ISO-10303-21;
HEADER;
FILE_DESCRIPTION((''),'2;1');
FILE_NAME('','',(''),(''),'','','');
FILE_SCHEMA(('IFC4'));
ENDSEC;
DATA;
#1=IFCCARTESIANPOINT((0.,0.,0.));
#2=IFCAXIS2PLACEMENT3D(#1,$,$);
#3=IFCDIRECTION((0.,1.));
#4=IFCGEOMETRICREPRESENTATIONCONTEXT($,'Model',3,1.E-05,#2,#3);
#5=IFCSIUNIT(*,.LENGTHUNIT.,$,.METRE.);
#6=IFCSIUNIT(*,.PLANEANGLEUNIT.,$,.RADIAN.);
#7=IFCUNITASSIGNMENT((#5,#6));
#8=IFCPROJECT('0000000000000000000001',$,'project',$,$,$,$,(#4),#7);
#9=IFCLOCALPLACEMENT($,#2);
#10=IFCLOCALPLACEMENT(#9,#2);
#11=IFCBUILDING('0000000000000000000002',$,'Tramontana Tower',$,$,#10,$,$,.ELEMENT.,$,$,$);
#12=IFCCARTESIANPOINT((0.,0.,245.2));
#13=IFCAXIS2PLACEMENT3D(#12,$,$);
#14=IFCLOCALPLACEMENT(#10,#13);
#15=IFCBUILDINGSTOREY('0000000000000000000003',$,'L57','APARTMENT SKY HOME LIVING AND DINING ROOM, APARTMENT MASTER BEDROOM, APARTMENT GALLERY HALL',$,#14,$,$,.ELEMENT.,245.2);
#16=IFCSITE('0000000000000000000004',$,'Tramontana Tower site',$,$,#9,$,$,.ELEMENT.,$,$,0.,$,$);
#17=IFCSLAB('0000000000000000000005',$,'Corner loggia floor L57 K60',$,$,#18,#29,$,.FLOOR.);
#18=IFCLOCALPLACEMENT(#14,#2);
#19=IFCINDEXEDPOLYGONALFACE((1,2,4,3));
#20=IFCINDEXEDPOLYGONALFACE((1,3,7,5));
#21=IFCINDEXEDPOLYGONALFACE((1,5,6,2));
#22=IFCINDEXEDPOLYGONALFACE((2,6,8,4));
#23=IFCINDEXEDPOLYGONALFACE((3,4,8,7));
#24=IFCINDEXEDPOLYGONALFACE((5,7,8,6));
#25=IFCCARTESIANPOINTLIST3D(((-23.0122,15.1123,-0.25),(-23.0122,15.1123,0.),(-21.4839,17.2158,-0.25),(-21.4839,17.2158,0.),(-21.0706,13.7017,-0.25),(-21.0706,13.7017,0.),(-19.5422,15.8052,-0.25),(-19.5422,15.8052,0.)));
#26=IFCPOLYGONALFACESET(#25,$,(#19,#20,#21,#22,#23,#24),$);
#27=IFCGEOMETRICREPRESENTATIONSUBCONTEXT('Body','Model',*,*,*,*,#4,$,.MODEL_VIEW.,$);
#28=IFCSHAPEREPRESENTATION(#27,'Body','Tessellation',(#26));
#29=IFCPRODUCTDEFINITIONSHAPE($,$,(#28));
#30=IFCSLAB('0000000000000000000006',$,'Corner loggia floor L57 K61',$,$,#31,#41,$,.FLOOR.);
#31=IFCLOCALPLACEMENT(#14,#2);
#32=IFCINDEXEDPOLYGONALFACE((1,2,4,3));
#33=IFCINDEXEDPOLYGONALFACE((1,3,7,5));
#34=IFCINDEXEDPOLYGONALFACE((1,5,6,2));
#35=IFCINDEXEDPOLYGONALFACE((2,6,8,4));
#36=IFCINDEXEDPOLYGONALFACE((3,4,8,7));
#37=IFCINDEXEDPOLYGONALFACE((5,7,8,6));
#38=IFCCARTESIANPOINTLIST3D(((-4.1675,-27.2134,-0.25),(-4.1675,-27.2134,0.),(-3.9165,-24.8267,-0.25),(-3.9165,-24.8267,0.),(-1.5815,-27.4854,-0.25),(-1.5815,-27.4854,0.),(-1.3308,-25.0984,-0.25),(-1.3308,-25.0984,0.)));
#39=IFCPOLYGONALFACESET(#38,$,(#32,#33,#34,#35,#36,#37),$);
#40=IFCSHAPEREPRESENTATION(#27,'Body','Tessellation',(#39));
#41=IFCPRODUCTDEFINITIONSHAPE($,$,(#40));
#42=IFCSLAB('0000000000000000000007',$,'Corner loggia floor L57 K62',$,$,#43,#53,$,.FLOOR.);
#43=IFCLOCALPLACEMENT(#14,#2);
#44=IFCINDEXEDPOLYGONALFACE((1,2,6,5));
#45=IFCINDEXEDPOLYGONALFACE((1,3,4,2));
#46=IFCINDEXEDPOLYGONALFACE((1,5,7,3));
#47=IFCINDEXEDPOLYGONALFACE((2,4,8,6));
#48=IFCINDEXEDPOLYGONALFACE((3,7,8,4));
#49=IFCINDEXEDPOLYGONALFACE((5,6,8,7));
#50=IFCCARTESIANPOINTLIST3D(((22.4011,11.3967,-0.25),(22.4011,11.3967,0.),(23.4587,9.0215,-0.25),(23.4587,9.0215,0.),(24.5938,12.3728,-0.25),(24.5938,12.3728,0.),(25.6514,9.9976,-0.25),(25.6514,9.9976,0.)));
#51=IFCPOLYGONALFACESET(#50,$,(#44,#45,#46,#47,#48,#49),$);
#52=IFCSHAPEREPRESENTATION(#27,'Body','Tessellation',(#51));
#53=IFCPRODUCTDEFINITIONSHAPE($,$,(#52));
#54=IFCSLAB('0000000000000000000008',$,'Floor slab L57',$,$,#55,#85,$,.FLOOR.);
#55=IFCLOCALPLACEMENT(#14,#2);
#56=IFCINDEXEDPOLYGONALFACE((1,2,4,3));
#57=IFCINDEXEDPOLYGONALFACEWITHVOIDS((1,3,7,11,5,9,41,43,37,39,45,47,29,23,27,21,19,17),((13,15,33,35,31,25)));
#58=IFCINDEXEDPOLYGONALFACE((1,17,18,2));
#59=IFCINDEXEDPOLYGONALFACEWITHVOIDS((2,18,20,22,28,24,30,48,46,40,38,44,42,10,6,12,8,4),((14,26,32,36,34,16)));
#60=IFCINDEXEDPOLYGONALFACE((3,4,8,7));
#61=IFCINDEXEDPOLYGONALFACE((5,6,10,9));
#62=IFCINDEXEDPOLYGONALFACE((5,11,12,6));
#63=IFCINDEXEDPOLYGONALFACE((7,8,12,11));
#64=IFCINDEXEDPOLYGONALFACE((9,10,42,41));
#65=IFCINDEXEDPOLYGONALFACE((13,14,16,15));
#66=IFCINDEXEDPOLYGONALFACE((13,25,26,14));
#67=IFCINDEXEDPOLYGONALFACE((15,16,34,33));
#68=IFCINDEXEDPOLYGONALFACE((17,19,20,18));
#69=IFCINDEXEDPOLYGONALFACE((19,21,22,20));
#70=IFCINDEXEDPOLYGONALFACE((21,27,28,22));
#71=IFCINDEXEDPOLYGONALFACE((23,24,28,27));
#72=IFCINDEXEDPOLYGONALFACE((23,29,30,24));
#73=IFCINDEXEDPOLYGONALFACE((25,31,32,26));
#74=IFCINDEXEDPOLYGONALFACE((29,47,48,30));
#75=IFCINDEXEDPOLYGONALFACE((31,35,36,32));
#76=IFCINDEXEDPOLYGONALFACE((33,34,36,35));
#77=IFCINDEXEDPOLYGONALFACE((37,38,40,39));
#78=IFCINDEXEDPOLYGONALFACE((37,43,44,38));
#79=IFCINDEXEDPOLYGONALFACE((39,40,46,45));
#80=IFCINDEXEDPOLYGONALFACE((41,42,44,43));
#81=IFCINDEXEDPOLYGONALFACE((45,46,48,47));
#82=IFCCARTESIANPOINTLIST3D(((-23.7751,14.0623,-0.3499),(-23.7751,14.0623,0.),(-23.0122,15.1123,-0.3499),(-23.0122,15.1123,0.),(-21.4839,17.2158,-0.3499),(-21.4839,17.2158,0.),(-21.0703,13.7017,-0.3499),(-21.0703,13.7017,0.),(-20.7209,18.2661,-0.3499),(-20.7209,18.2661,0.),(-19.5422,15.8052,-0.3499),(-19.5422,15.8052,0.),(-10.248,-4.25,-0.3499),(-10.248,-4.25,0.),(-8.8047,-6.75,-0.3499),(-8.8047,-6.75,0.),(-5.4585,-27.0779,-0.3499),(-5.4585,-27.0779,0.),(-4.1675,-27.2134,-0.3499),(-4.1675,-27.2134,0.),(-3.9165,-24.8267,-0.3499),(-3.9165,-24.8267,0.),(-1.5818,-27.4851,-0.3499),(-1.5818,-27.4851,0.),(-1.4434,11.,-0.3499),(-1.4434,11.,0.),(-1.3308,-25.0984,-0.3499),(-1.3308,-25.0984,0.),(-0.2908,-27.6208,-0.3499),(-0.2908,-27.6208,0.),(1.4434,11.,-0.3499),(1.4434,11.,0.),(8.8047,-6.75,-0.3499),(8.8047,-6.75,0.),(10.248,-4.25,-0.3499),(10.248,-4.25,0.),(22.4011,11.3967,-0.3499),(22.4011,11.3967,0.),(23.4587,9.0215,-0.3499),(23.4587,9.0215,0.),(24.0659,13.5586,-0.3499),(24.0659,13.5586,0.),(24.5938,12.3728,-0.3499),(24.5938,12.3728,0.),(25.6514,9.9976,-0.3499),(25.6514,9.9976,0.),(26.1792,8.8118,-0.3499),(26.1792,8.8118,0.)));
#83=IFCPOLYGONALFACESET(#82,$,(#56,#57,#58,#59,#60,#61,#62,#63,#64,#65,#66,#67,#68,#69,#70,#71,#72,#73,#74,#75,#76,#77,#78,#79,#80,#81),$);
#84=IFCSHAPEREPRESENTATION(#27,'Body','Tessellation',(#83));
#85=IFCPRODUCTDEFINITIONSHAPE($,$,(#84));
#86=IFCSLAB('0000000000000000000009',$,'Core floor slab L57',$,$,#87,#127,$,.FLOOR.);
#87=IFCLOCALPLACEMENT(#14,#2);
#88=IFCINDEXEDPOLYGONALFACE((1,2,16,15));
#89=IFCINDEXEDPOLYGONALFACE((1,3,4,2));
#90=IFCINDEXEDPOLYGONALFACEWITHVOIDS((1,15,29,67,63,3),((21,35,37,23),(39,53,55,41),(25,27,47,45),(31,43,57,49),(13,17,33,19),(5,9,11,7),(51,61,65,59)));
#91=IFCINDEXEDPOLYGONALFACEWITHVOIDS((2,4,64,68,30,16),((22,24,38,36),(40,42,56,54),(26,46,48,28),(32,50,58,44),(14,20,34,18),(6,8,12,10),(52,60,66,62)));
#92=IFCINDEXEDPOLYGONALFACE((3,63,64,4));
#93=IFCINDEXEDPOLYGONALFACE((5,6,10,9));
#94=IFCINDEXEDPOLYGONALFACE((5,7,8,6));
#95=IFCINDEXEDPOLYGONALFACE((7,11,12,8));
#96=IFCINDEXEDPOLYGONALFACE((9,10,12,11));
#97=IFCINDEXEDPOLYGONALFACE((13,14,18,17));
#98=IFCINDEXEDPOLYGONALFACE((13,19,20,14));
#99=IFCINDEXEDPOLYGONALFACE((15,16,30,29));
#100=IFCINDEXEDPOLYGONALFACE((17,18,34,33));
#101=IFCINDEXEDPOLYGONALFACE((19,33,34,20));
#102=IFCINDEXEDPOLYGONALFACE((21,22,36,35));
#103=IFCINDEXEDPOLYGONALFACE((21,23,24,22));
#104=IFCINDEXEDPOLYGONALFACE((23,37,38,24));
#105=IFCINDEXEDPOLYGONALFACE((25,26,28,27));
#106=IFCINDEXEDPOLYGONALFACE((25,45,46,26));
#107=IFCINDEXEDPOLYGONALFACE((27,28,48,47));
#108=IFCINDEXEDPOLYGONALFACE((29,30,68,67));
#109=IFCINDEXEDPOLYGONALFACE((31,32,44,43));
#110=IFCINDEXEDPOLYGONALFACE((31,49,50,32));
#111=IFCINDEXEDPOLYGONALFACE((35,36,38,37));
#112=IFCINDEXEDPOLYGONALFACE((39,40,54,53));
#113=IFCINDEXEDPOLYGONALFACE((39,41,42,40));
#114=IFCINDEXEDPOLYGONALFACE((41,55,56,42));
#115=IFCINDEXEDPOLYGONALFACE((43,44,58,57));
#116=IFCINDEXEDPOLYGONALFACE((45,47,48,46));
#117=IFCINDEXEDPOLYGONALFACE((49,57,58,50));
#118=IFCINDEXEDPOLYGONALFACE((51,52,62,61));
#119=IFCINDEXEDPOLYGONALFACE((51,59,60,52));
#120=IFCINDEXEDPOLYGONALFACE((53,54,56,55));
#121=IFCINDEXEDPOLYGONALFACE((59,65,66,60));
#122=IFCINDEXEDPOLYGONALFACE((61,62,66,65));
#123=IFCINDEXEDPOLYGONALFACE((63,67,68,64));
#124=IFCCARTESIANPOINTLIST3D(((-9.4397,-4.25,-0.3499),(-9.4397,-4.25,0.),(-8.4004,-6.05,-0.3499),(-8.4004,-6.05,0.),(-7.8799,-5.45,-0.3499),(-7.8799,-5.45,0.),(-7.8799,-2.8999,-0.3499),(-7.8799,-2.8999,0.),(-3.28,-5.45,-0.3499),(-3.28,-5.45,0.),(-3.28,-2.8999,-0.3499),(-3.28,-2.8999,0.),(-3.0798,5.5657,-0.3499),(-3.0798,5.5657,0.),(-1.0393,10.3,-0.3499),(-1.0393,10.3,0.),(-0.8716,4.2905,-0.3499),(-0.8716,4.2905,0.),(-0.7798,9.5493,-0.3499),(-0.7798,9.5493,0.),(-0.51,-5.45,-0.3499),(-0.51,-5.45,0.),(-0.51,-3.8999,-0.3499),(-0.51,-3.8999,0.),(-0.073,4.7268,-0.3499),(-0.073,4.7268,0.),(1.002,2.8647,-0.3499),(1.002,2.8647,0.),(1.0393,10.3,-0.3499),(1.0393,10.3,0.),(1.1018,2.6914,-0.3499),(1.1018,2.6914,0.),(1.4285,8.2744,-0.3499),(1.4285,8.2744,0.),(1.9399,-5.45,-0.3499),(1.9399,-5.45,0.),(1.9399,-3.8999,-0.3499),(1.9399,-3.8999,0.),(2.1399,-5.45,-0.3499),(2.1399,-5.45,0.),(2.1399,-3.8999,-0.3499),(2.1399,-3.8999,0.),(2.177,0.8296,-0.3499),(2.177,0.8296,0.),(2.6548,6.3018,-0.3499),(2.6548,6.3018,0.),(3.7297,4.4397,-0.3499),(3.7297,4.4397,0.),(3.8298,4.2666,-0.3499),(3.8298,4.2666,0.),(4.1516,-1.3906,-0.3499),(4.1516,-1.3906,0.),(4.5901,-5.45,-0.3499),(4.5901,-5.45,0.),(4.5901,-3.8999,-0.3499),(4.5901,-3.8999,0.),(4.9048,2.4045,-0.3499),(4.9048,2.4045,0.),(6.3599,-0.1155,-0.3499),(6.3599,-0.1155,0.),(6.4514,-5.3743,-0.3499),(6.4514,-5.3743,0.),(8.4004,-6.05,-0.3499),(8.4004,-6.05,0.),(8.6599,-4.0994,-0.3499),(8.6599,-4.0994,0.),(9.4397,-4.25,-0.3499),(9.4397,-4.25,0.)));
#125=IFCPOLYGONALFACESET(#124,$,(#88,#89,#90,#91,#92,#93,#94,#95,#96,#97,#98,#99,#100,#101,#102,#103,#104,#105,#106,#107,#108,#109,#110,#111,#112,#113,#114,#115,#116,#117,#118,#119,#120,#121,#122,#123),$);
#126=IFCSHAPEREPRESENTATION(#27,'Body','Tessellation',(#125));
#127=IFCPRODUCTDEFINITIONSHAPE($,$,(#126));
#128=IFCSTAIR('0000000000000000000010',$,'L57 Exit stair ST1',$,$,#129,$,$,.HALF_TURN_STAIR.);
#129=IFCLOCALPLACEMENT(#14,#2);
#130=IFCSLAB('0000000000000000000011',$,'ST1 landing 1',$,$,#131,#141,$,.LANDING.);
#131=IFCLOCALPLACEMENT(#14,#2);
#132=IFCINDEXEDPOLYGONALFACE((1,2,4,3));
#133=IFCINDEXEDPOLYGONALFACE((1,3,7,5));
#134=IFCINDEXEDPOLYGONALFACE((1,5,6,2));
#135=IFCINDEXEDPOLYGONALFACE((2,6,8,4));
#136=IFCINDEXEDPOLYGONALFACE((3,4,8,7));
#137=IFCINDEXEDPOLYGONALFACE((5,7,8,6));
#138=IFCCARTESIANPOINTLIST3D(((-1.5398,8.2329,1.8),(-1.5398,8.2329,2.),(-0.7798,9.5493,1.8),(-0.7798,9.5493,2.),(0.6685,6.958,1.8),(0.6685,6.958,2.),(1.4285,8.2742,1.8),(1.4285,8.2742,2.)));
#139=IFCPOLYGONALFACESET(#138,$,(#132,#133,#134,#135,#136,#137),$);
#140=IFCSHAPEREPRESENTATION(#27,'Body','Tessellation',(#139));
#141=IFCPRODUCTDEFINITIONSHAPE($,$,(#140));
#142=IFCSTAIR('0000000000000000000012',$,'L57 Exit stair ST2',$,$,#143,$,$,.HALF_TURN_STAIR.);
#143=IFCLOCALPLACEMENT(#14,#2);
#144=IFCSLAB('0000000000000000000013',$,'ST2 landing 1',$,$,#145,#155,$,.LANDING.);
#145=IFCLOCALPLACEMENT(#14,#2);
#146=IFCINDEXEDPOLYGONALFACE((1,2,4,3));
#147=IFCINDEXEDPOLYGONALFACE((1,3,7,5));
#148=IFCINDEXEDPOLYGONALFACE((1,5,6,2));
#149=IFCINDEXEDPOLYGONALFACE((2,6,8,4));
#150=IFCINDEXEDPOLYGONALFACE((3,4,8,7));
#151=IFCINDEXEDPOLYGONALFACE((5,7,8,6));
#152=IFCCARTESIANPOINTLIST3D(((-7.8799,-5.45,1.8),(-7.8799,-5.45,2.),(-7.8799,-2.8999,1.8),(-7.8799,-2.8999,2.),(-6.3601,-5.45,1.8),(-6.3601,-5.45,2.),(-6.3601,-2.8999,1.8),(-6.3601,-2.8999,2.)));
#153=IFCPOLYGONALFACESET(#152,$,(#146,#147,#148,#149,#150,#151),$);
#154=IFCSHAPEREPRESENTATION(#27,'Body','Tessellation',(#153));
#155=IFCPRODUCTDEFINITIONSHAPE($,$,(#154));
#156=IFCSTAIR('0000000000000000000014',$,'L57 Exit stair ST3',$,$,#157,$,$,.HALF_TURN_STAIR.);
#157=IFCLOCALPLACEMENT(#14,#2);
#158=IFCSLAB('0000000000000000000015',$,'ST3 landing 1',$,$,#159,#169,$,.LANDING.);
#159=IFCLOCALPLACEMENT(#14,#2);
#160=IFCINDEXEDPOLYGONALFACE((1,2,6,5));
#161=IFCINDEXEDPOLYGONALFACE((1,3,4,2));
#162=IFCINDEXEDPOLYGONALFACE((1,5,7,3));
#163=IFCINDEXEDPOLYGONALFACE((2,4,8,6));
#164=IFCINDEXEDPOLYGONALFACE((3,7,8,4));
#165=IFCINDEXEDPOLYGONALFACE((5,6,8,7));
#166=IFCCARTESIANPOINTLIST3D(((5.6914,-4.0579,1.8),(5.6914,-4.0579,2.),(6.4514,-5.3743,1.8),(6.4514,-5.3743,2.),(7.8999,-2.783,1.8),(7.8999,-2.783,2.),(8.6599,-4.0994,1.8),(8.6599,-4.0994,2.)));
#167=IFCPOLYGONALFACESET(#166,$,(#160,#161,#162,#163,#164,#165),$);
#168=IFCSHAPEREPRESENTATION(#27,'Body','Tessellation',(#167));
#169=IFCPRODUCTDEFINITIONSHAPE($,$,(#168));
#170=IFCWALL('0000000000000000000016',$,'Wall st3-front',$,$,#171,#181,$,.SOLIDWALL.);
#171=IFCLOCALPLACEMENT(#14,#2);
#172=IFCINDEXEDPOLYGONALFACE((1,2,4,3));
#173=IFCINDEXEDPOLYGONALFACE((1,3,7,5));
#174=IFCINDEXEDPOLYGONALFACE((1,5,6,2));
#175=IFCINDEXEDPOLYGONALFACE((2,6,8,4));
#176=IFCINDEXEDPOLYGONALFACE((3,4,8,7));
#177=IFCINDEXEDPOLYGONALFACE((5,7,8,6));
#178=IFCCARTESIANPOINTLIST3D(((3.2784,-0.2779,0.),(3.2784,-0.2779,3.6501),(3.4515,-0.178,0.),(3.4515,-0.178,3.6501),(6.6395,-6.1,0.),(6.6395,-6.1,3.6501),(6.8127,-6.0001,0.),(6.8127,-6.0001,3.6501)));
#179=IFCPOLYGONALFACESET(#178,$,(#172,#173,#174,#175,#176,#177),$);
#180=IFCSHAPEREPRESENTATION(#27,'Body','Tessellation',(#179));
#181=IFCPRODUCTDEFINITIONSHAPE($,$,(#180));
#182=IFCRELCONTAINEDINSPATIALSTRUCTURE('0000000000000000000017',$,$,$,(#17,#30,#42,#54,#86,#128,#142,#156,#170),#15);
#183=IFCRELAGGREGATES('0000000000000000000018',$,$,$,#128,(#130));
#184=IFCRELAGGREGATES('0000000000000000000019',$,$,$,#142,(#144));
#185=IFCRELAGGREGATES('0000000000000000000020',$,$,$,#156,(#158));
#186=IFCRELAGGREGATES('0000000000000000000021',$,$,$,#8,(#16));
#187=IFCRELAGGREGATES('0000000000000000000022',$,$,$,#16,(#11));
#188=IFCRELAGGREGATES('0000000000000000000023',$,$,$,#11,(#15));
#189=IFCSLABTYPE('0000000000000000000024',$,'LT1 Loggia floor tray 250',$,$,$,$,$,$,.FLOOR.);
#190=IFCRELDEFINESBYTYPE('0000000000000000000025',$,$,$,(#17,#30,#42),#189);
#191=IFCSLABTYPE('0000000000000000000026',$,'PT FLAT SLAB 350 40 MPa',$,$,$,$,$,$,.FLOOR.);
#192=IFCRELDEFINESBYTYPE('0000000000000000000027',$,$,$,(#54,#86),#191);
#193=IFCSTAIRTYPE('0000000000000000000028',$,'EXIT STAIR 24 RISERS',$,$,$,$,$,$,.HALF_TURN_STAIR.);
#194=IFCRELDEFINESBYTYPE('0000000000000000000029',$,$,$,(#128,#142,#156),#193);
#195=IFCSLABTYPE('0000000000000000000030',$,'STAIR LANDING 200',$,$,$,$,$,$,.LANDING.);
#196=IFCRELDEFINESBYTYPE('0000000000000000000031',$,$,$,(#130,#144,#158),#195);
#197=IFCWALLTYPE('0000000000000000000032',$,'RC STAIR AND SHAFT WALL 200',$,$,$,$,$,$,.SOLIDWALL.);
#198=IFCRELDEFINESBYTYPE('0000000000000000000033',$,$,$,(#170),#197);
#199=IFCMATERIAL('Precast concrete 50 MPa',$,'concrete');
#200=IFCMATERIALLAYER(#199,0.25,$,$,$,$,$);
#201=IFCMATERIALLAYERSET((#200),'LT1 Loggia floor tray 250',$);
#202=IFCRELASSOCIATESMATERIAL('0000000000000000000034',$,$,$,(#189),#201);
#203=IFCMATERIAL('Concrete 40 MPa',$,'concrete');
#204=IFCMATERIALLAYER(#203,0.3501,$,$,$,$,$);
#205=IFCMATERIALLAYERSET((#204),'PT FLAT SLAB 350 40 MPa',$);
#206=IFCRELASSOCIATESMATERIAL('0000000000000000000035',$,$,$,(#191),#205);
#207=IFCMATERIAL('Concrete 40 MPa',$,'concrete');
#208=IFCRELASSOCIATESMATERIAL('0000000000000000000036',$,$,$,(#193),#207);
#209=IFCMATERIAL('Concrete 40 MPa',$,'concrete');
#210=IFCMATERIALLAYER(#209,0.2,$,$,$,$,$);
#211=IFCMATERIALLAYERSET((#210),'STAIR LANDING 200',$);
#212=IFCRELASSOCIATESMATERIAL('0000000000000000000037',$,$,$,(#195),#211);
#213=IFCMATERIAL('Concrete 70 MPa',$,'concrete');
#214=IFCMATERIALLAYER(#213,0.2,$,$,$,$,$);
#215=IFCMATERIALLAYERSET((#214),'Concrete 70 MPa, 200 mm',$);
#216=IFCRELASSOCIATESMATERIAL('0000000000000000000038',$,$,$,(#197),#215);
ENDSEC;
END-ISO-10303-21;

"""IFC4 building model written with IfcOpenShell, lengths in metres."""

from ifc_helpers import new_model, si_unit, direction, frame, frame_2d, origin, place, context, subcontext, project, spatial, polyline, rectangle, outline, extrude, material, layer, layer_set, type_object, element, aggregate, save


model = new_model("IFC4")

# Units and contexts
model_context = context("Model", 3, precision=1e-05, world=origin(), true_north=direction((0.0, 1.0)))
body_context = subcontext(model_context, "Body", "Model", "MODEL_VIEW")
ifc_project = project(units=[si_unit("LENGTHUNIT", "METRE"), si_unit("PLANEANGLEUNIT", "RADIAN")], contexts=[model_context])

# Site, building, storey
site_placement = place(None, origin())
site = spatial("IfcSite", under=ifc_project, at=site_placement, Name="Tramontana Tower site", CompositionType="ELEMENT", RefElevation=0.0)
building_placement = place(site_placement, origin())
building = spatial("IfcBuilding", under=site, at=building_placement, Name="Tramontana Tower", CompositionType="ELEMENT")
storey_placement = place(building_placement, frame((0.0, 0.0, 245.2)))
storey = spatial("IfcBuildingStorey", under=building, at=storey_placement, Name="L57", Description="APARTMENT SKY HOME LIVING AND DINING ROOM, APARTMENT MASTER BEDROOM, APARTMENT GALLERY HALL", CompositionType="ELEMENT", Elevation=245.2)

# Slabs
ifc_material_1 = material(Name="Precast concrete 50 MPa", Category="concrete")
ifc_layer_1 = layer(ifc_material_1, 0.25)
ifc_layer_set_1 = layer_set([ifc_layer_1], Name="LT1 Loggia floor tray 250")
slab_type_1 = type_object("IfcSlabType", Name="LT1 Loggia floor tray 250", PredefinedType="FLOOR", material=ifc_layer_set_1)
slab_1_placement = place(storey_placement, frame((0.0, 0.0, -0.25)))
element("IfcSlab", 1, at=slab_1_placement, inside=storey, type_object=slab_type_1, Name="Corner loggia floor L57 K60", PredefinedType="FLOOR", context=body_context, shape_type="SweptSolid", body=[
    extrude(outline(polyline([(-21.4839, 17.2158), (-19.5422, 15.8052), (-21.0706, 13.7017), (-23.0122, 15.1123), (-21.4839, 17.2158)])), origin(), (0.0, 0.0, 1.0), 0.25),
])
slab_2_placement = place(storey_placement, frame((0.0, 0.0, -0.25)))
element("IfcSlab", 2, at=slab_2_placement, inside=storey, type_object=slab_type_1, Name="Corner loggia floor L57 K61", PredefinedType="FLOOR", context=body_context, shape_type="SweptSolid", body=[
    extrude(outline(polyline([(-4.1675, -27.2134), (-3.9165, -24.8267), (-1.3308, -25.0984), (-1.5815, -27.4854), (-4.1675, -27.2134)])), origin(), (0.0, 0.0, 1.0), 0.25),
])
slab_3_placement = place(storey_placement, frame((0.0, 0.0, -0.25)))
element("IfcSlab", 3, at=slab_3_placement, inside=storey, type_object=slab_type_1, Name="Corner loggia floor L57 K62", PredefinedType="FLOOR", context=body_context, shape_type="SweptSolid", body=[
    extrude(outline(polyline([(25.6514, 9.9976), (23.4587, 9.0215), (22.4011, 11.3967), (24.5938, 12.3728), (25.6514, 9.9976)])), origin(), (0.0, 0.0, 1.0), 0.25),
])
ifc_material_2 = material(Name="Concrete 40 MPa", Category="concrete")
ifc_layer_2 = layer(ifc_material_2, 0.3501)
ifc_layer_set_2 = layer_set([ifc_layer_2], Name="PT FLAT SLAB 350 40 MPa")
slab_type_2 = type_object("IfcSlabType", Name="PT FLAT SLAB 350 40 MPa", PredefinedType="FLOOR", material=ifc_layer_set_2)
slab_4_placement = place(storey_placement, frame((0.0, 0.0, -0.3499)))
element("IfcSlab", 4, at=slab_4_placement, inside=storey, type_object=slab_type_2, Name="Floor slab L57", PredefinedType="FLOOR", context=body_context, shape_type="SweptSolid", body=[
    extrude(outline(polyline([(24.5938, 12.3728), (22.4011, 11.3967), (23.4587, 9.0215), (25.6514, 9.9976), (26.1792, 8.8118), (-0.2908, -27.6208), (-1.5818, -27.4851), (-1.3308, -25.0984), (-3.9165, -24.8267), (-4.1675, -27.2134), (-5.4585, -27.0779), (-23.7751, 14.0623), (-23.0122, 15.1123), (-21.0703, 13.7017), (-19.5422, 15.8052), (-21.4839, 17.2158), (-20.7209, 18.2661), (24.0659, 13.5586), (24.5938, 12.3728)]), holes=[polyline([(-10.248, -4.25), (-8.8047, -6.75), (8.8047, -6.75), (10.248, -4.25), (1.4434, 11.0), (-1.4434, 11.0), (-10.248, -4.25)])]), origin(), (0.0, 0.0, 1.0), 0.3499),
])
slab_5_placement = place(storey_placement, frame((0.0, 0.0, -0.3499)))
element("IfcSlab", 5, at=slab_5_placement, inside=storey, type_object=slab_type_2, Name="Core floor slab L57", PredefinedType="FLOOR", context=body_context, shape_type="SweptSolid", body=[
    extrude(outline(polyline([(9.4397, -4.25), (8.4004, -6.05), (-8.4004, -6.05), (-9.4397, -4.25), (-1.0393, 10.3), (1.0393, 10.3), (9.4397, -4.25)]), holes=[polyline([(8.6599, -4.0994), (6.3599, -0.1155), (4.1516, -1.3906), (6.4514, -5.3743), (8.6599, -4.0994)]), polyline([(3.8298, 4.2666), (1.1018, 2.6914), (2.177, 0.8296), (4.9048, 2.4045), (3.8298, 4.2666)]), polyline([(4.5901, -3.8999), (2.1399, -3.8999), (2.1399, -5.45), (4.5901, -5.45), (4.5901, -3.8999)]), polyline([(2.6548, 6.3018), (-0.073, 4.7268), (1.002, 2.8647), (3.7297, 4.4397), (2.6548, 6.3018)]), polyline([(1.9399, -5.45), (1.9399, -3.8999), (-0.51, -3.8999), (-0.51, -5.45), (1.9399, -5.45)]), polyline([(-0.7798, 9.5493), (-3.0798, 5.5657), (-0.8716, 4.2905), (1.4285, 8.2744), (-0.7798, 9.5493)]), polyline([(-7.8799, -5.45), (-3.28, -5.45), (-3.28, -2.8999), (-7.8799, -2.8999), (-7.8799, -5.45)])]), origin(), (0.0, 0.0, 1.0), 0.3499),
])

# Stairs, slabs
ifc_material_3 = material(Name="Concrete 40 MPa", Category="concrete")
stair_type = type_object("IfcStairType", Name="EXIT STAIR 24 RISERS", PredefinedType="HALF_TURN_STAIR", material=ifc_material_3)
stair_1_placement = place(storey_placement, origin())
stair_1 = element("IfcStair", 6, at=stair_1_placement, inside=storey, type_object=stair_type, Name="L57 Exit stair ST1", PredefinedType="HALF_TURN_STAIR")
ifc_material_4 = material(Name="Concrete 40 MPa", Category="concrete")
ifc_layer_3 = layer(ifc_material_4, 0.2)
ifc_layer_set_3 = layer_set([ifc_layer_3], Name="STAIR LANDING 200")
slab_type_3 = type_object("IfcSlabType", Name="STAIR LANDING 200", PredefinedType="LANDING", material=ifc_layer_set_3)
slab_6_placement = place(storey_placement, frame((0.0, 0.0, 1.8)))
slab_6 = element("IfcSlab", 7, at=slab_6_placement, type_object=slab_type_3, Name="ST1 landing 1", PredefinedType="LANDING", context=body_context, shape_type="SweptSolid", body=[
    extrude(outline(polyline([(0.6685, 6.958), (1.4285, 8.2742), (-0.7798, 9.5493), (-1.5398, 8.2329), (0.6685, 6.958)])), origin(), (0.0, 0.0, 1.0), 0.2),
])
aggregate(stair_1, [slab_6])
stair_2_placement = place(storey_placement, origin())
stair_2 = element("IfcStair", 8, at=stair_2_placement, inside=storey, type_object=stair_type, Name="L57 Exit stair ST2", PredefinedType="HALF_TURN_STAIR")
slab_7_placement = place(storey_placement, frame((0.0, 0.0, 1.8)))
slab_7 = element("IfcSlab", 9, at=slab_7_placement, type_object=slab_type_3, Name="ST2 landing 1", PredefinedType="LANDING", context=body_context, shape_type="SweptSolid", body=[
    extrude(outline(polyline([(-6.3601, -2.8999), (-7.8799, -2.8999), (-7.8799, -5.45), (-6.3601, -5.45), (-6.3601, -2.8999)])), origin(), (0.0, 0.0, 1.0), 0.2),
])
aggregate(stair_2, [slab_7])
stair_3_placement = place(storey_placement, origin())
stair_3 = element("IfcStair", 10, at=stair_3_placement, inside=storey, type_object=stair_type, Name="L57 Exit stair ST3", PredefinedType="HALF_TURN_STAIR")
slab_8_placement = place(storey_placement, frame((0.0, 0.0, 1.8)))
slab_8 = element("IfcSlab", 11, at=slab_8_placement, type_object=slab_type_3, Name="ST3 landing 1", PredefinedType="LANDING", context=body_context, shape_type="SweptSolid", body=[
    extrude(outline(polyline([(5.6914, -4.0579), (6.4514, -5.3743), (8.6599, -4.0994), (7.8999, -2.783), (5.6914, -4.0579)])), origin(), (0.0, 0.0, 1.0), 0.2),
])

# Wall
ifc_material_5 = material(Name="Concrete 70 MPa", Category="concrete")
ifc_layer_4 = layer(ifc_material_5, 0.2)
ifc_layer_set_4 = layer_set([ifc_layer_4], Name="Concrete 70 MPa, 200 mm")
wall_type = type_object("IfcWallType", Name="RC STAIR AND SHAFT WALL 200", PredefinedType="SOLIDWALL", material=ifc_layer_set_4)
wall_1_placement = place(storey_placement, frame((6.7261, -6.05, 0.0), z_axis=(0.0, 0.0, 1.0), x_axis=(-0.499971, 0.866042, 0.0)))
element("IfcWall", 12, at=wall_1_placement, inside=storey, type_object=wall_type, Name="Wall st3-front", PredefinedType="SOLIDWALL", context=body_context, shape_type="SweptSolid", body=[
    extrude(rectangle(XDim=6.7227, YDim=0.2, at=frame_2d((3.3613, 0.0))), origin(), (0.0, 0.0, 1.0), 3.6501),
])

aggregate(stair_3, [slab_8])

save(model, "model.ifc")
